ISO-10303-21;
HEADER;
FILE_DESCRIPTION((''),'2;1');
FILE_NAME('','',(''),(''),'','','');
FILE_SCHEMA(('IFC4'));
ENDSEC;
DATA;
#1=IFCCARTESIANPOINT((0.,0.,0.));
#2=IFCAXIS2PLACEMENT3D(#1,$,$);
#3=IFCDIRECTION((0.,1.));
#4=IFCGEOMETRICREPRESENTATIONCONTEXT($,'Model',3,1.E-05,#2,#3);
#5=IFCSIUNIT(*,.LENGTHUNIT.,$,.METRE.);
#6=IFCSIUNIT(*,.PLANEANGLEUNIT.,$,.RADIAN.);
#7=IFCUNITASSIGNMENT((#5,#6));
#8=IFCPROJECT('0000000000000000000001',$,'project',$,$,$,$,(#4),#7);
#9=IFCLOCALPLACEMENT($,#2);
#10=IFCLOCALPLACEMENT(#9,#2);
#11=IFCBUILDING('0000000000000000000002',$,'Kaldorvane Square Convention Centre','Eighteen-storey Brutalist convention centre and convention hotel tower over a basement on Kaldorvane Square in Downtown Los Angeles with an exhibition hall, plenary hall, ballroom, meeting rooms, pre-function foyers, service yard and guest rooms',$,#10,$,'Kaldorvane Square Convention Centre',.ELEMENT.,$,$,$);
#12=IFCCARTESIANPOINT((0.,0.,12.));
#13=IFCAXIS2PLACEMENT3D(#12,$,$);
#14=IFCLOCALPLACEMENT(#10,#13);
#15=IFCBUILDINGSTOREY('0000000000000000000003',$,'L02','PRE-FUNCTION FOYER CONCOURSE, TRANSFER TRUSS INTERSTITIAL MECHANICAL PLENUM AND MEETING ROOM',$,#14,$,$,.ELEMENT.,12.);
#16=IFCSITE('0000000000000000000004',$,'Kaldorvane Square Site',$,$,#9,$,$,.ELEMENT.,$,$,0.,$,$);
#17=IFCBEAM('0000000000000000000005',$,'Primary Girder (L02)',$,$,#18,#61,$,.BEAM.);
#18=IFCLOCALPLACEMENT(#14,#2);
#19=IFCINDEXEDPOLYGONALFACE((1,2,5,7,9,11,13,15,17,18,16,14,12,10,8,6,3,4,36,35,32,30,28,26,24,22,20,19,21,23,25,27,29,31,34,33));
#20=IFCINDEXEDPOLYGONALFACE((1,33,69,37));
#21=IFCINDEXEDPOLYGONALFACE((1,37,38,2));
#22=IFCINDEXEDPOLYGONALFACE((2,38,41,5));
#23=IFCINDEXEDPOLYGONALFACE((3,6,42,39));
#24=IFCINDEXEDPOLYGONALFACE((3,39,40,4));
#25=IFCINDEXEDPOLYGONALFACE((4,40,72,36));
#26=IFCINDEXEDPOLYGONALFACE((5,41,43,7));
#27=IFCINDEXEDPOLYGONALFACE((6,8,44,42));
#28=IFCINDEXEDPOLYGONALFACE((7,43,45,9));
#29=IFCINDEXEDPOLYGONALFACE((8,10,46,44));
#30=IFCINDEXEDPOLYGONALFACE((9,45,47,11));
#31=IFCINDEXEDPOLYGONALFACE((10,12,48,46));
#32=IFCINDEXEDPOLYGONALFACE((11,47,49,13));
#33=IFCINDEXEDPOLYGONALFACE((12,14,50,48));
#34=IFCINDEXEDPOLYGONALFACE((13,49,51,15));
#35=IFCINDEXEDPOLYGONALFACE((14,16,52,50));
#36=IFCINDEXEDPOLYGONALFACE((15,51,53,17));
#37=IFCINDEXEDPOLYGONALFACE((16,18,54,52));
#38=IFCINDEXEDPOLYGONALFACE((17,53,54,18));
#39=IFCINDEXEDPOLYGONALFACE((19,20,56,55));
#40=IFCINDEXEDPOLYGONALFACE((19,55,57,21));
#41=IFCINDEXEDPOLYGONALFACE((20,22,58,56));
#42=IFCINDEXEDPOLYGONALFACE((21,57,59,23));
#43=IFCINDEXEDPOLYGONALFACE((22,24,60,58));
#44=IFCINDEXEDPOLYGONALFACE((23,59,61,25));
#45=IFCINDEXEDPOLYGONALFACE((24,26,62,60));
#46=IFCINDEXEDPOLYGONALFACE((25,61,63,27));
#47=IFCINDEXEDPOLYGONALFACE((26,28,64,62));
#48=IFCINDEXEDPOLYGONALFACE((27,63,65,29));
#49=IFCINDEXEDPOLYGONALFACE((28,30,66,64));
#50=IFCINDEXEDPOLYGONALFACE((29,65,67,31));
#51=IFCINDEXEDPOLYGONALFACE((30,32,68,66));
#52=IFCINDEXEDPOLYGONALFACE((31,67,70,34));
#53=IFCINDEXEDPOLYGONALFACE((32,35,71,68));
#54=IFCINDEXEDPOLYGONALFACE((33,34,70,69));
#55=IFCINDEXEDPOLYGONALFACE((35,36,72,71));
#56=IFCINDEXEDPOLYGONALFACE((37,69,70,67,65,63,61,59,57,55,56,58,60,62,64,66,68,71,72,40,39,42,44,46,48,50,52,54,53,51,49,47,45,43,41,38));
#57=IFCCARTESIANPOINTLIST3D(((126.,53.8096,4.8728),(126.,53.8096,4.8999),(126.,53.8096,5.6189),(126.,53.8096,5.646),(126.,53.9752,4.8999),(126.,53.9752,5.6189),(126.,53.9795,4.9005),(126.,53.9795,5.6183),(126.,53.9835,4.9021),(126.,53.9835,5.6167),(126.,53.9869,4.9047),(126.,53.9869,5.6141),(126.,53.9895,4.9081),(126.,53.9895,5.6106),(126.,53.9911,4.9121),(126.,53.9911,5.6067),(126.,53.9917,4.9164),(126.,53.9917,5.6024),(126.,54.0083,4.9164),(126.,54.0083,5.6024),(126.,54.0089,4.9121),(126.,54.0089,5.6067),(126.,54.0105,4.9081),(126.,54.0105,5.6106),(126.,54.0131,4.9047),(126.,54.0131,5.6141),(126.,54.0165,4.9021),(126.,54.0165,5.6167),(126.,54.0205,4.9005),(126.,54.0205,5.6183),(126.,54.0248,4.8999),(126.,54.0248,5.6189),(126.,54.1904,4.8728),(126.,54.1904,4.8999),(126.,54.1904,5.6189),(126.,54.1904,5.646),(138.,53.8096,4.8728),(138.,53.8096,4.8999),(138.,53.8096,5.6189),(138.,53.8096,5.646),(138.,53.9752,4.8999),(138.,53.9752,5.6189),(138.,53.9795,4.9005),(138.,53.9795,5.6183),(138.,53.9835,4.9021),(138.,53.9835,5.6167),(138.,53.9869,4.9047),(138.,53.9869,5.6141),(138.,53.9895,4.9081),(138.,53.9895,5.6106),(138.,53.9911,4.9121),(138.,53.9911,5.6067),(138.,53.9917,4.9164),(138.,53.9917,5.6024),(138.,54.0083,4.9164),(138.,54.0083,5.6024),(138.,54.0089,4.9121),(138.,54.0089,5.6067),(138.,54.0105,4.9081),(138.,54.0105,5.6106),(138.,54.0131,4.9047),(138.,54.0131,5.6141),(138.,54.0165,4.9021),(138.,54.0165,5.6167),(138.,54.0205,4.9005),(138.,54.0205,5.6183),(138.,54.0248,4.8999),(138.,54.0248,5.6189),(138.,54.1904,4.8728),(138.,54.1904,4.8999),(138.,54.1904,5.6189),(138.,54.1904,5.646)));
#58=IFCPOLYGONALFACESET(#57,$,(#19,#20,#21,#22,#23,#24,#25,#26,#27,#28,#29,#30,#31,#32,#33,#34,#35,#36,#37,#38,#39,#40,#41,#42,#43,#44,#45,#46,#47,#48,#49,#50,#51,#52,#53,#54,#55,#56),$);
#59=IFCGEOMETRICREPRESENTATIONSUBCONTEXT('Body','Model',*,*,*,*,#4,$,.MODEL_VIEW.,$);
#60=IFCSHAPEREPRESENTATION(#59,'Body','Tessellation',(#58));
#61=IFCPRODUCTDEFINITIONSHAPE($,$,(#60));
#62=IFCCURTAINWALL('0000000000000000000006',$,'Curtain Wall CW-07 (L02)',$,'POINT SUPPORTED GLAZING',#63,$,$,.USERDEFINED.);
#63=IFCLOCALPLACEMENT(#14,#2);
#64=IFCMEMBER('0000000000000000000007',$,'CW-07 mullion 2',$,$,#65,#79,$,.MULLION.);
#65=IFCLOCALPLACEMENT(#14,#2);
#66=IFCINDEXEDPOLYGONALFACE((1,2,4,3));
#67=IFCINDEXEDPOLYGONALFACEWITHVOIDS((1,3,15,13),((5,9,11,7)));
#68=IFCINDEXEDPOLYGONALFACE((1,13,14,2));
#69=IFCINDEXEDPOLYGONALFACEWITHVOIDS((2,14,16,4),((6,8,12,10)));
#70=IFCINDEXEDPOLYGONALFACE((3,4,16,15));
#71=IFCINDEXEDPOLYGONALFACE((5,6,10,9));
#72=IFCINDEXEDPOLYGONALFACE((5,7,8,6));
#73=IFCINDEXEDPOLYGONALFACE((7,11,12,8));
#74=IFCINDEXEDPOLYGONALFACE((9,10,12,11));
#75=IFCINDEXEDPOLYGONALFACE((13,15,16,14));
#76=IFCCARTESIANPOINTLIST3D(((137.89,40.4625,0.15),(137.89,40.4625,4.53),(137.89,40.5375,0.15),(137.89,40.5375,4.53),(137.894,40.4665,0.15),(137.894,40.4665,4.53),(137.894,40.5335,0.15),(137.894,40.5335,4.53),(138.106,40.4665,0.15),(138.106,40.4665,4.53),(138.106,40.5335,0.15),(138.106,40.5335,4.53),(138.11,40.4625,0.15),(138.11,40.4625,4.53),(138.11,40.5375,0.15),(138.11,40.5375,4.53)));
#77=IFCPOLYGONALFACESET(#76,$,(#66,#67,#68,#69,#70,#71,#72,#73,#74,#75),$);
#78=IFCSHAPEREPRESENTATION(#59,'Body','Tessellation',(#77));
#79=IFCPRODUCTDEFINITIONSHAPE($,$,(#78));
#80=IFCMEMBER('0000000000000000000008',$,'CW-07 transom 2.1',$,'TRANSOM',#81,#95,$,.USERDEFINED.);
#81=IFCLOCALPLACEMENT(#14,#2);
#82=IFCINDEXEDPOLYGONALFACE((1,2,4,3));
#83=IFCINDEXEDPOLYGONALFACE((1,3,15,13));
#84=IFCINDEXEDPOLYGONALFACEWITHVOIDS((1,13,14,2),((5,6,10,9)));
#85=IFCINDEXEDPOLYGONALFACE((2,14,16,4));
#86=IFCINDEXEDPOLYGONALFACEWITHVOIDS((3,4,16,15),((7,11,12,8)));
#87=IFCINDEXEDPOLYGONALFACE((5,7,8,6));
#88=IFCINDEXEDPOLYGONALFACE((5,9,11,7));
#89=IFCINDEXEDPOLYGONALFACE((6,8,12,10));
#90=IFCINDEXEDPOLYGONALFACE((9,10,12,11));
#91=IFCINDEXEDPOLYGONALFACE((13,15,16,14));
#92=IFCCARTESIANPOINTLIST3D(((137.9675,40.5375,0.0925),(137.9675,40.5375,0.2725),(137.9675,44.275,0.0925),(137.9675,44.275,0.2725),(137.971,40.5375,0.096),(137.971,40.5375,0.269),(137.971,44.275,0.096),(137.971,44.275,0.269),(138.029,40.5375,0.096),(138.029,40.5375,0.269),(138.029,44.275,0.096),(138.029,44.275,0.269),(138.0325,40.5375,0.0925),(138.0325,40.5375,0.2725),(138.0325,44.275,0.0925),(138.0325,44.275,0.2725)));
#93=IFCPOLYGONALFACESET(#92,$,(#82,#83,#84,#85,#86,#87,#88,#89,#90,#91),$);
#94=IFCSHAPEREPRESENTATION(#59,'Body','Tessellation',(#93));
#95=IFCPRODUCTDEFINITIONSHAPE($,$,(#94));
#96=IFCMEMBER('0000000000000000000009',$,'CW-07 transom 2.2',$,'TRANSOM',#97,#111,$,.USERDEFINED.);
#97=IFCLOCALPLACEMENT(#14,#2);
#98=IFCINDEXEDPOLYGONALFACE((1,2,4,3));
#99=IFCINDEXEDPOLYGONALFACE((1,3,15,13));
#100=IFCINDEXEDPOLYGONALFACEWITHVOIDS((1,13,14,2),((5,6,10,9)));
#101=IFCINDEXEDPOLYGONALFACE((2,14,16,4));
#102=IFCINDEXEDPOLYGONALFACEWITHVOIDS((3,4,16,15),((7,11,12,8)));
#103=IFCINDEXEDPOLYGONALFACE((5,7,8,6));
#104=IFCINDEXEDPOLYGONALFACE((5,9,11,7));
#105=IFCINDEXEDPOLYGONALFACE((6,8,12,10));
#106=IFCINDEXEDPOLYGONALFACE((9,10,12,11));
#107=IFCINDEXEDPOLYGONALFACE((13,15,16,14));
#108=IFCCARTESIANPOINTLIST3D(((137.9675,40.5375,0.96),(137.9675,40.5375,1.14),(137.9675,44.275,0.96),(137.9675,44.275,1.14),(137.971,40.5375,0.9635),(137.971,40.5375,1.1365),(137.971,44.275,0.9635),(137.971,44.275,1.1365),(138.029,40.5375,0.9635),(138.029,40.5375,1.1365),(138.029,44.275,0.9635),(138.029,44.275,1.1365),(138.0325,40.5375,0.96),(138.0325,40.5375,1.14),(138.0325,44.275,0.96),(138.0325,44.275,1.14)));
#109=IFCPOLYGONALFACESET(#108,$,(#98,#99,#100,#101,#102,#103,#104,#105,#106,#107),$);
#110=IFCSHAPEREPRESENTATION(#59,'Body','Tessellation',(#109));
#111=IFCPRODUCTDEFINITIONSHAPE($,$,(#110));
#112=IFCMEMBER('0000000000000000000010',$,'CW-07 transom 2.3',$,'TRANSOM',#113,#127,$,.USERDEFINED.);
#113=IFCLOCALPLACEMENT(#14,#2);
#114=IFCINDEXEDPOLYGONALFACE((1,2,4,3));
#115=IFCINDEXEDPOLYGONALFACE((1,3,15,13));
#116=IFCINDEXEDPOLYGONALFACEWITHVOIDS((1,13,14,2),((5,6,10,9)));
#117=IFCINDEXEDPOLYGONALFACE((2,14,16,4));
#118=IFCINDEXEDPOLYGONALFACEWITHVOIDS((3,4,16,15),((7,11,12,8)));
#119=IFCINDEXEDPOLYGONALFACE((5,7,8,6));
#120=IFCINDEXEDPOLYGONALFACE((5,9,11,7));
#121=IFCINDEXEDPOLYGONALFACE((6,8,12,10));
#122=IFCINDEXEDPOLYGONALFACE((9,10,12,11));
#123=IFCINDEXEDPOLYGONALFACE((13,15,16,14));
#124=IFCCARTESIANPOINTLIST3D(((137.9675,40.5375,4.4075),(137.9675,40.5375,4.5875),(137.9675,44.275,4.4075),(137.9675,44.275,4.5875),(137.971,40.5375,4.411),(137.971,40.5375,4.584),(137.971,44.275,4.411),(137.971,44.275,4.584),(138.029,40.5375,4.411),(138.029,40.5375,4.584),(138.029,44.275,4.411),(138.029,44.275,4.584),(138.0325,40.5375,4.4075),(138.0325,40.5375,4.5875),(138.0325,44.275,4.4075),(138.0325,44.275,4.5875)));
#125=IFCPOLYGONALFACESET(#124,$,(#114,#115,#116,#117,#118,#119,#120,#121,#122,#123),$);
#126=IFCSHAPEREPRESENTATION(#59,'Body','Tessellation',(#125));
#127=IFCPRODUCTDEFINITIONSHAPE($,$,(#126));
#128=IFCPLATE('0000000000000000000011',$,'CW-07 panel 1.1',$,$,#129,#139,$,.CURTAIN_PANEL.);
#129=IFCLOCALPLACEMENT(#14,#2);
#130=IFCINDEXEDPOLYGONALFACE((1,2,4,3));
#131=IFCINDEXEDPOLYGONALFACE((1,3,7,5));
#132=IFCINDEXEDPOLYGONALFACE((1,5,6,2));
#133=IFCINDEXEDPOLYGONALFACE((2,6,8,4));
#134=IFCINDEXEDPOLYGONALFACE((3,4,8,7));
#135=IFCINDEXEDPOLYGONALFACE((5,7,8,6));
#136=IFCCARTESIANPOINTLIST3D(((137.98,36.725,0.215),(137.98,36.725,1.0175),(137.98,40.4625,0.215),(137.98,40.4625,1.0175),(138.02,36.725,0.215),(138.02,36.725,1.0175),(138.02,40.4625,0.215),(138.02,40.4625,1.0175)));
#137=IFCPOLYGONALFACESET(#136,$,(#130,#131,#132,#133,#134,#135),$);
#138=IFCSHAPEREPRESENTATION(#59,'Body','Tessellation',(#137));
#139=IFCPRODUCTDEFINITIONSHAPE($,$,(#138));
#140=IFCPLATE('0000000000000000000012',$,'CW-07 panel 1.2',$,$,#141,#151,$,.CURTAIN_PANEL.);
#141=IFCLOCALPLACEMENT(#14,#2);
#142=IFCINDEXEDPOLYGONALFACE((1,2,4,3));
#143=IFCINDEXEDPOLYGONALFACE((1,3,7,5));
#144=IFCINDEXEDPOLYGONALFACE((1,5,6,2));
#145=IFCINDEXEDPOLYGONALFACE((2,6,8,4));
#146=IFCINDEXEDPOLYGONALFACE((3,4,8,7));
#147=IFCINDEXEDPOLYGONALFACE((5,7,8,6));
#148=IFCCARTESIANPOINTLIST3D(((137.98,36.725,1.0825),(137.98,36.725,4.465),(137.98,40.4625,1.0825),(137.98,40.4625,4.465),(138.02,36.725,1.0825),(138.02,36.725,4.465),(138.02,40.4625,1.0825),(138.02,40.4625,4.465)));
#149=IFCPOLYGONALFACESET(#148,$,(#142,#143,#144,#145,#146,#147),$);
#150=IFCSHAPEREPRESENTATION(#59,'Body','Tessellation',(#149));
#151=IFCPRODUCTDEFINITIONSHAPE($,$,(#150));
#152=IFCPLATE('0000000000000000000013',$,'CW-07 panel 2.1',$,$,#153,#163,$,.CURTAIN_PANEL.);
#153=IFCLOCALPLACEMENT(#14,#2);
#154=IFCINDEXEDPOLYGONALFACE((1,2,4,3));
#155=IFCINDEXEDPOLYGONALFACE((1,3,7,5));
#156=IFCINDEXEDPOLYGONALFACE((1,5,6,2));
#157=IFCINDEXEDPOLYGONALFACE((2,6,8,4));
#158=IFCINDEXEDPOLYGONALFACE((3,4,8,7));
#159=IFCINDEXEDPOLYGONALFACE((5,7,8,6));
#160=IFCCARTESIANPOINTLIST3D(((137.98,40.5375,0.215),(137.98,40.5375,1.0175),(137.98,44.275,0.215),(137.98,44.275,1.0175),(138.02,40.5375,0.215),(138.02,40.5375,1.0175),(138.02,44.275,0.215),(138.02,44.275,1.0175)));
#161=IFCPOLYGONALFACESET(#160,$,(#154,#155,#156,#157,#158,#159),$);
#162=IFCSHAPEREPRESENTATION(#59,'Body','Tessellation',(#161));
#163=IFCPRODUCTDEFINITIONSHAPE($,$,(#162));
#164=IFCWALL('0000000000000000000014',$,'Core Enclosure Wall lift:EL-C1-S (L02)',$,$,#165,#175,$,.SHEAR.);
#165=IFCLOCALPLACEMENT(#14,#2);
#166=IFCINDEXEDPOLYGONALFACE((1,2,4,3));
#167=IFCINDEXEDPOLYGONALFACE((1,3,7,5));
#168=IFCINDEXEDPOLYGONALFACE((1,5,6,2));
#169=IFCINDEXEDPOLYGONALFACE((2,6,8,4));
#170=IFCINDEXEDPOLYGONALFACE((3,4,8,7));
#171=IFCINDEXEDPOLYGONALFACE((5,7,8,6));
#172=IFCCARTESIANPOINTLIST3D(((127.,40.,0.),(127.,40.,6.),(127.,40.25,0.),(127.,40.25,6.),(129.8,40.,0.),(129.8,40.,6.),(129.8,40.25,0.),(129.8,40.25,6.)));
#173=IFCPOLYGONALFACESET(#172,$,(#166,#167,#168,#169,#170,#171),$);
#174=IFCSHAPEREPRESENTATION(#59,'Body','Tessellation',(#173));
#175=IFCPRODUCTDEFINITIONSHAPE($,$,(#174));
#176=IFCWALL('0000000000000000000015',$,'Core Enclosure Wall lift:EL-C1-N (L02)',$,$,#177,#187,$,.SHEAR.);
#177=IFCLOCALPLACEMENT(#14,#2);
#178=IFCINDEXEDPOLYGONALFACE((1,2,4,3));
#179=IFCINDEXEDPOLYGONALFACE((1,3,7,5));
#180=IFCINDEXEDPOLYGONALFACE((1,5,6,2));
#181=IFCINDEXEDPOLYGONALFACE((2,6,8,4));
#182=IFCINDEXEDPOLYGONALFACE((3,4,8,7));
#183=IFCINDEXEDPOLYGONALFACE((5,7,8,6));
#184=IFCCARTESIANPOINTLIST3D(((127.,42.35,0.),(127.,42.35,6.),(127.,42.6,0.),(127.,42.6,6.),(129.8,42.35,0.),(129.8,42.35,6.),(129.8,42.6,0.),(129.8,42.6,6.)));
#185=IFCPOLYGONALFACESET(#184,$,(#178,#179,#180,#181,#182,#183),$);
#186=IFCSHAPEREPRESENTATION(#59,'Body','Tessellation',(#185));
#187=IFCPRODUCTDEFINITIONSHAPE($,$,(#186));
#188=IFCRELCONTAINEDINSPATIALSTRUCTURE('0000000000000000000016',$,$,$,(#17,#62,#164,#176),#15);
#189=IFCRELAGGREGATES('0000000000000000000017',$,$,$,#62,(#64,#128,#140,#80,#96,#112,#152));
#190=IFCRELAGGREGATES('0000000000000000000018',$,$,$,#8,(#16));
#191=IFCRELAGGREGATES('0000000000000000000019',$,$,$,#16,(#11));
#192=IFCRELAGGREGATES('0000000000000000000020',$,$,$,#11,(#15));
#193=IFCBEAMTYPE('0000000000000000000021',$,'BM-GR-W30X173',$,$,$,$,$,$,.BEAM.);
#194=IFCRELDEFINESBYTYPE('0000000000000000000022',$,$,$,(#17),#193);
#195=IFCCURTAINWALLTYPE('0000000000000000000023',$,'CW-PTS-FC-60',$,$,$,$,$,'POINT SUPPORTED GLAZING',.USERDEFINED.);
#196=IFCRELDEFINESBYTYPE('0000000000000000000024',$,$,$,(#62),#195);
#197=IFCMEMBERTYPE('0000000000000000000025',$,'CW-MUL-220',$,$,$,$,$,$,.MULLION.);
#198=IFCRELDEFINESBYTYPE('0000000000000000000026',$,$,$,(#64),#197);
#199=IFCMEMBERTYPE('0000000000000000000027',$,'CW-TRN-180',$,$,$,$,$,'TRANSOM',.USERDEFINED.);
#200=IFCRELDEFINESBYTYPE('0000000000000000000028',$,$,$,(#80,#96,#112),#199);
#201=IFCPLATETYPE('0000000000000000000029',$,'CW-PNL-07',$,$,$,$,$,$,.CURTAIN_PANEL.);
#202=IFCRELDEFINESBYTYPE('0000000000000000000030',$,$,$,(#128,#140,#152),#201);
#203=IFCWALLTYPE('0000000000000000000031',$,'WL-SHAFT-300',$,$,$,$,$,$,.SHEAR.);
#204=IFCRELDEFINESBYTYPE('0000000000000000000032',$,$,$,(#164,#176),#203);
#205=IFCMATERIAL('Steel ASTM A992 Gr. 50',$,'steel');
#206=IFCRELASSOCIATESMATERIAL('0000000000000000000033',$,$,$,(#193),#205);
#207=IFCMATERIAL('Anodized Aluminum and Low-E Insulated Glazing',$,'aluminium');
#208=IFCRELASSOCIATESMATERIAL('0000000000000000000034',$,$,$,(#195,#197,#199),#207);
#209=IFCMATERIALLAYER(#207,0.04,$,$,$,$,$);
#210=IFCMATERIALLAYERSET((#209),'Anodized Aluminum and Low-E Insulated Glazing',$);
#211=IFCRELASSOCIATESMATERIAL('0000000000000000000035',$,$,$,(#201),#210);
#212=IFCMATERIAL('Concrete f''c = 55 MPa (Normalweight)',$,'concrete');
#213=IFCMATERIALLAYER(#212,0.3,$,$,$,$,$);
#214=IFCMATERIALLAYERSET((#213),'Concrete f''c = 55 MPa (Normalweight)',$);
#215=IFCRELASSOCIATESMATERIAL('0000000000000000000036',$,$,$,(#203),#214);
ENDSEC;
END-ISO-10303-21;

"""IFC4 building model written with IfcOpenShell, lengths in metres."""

from ifc_helpers import new_model, si_unit, direction, frame, frame_2d, origin, origin_2d, place, context, subcontext, project, spatial, rectangle, hollow_rectangle, i_section, extrude, material, layer, layer_set, material_profile, profile_set, type_object, element, aggregate, save


model = new_model("IFC4")

# Units and contexts
model_context = context("Model", 3, precision=1e-05, world=origin(), true_north=direction((0.0, 1.0)))
body_context = subcontext(model_context, "Body", "Model", "MODEL_VIEW")
ifc_project = project(units=[si_unit("LENGTHUNIT", "METRE"), si_unit("PLANEANGLEUNIT", "RADIAN")], contexts=[model_context])

# Site, building, storey
site_placement = place(None, origin())
site = spatial("IfcSite", under=ifc_project, at=site_placement, Name="Kaldorvane Square Site", CompositionType="ELEMENT", RefElevation=0.0)
building_placement = place(site_placement, origin())
building = spatial("IfcBuilding", under=site, at=building_placement, Name="Kaldorvane Square Convention Centre", Description="Eighteen-storey Brutalist convention centre and convention hotel tower over a basement on Kaldorvane Square in Downtown Los Angeles with an exhibition hall, plenary hall, ballroom, meeting rooms, pre-function foyers, service yard and guest rooms", LongName="Kaldorvane Square Convention Centre", CompositionType="ELEMENT")
storey_placement = place(building_placement, frame((0.0, 0.0, 12.0)))
storey = spatial("IfcBuildingStorey", under=building, at=storey_placement, Name="L02", Description="PRE-FUNCTION FOYER CONCOURSE, TRANSFER TRUSS INTERSTITIAL MECHANICAL PLENUM AND MEETING ROOM", CompositionType="ELEMENT", Elevation=12.0)

# Shared definitions
ifc_material_1 = material(Name="Steel ASTM A992 Gr. 50", Category="steel")

# Beam
ifc_material_profile_1 = material_profile(ifc_material_1, i_section(OverallWidth=0.3807, OverallDepth=0.7732, WebThickness=0.0166, FlangeThickness=0.0271, FilletRadius=0.0165, at=origin_2d()), Name="W30X173")
ifc_profile_set_1 = profile_set([ifc_material_profile_1], Name="Steel ASTM A992 Gr. 50")
beam_type_1 = type_object("IfcBeamType", Name="BM-GR-W30X173", PredefinedType="BEAM", material=ifc_profile_set_1)
beam_placement = place(storey_placement, frame((126.0, 54.0, 5.2594), z_axis=(1.0, 0.0, 0.0), x_axis=(0.0, 1.0, 0.0)))
element("IfcBeam", 1, at=beam_placement, inside=storey, type_object=beam_type_1, Name="Primary Girder (L02)", PredefinedType="BEAM", context=body_context, shape_type="SweptSolid", body=[
    extrude(i_section(OverallWidth=0.3807, OverallDepth=0.7732, WebThickness=0.0166, FlangeThickness=0.0271, FilletRadius=0.0165, at=origin_2d()), origin(), (0.0, 0.0, 1.0), 12.0),
])

# Curtain wall, members, plates
ifc_material_2 = material(Name="Anodized Aluminum and Low-E Insulated Glazing", Category="aluminium")
curtain_wall_type = type_object("IfcCurtainWallType", Name="CW-PTS-FC-60", ElementType="POINT SUPPORTED GLAZING", PredefinedType="USERDEFINED", material=ifc_material_2)
curtain_wall_placement = place(storey_placement, origin())
curtain_wall = element("IfcCurtainWall", 2, at=curtain_wall_placement, inside=storey, type_object=curtain_wall_type, Name="Curtain Wall CW-07 (L02)", ObjectType="POINT SUPPORTED GLAZING", PredefinedType="USERDEFINED")
ifc_material_profile_2 = material_profile(ifc_material_2, hollow_rectangle(XDim=0.075, YDim=0.22, WallThickness=0.004, at=origin_2d()), Name="CWM-220X75")
ifc_profile_set_2 = profile_set([ifc_material_profile_2], Name="Anodized Aluminum and Low-E Insulated Glazing")
member_type_1 = type_object("IfcMemberType", Name="CW-MUL-220", PredefinedType="MULLION", material=ifc_profile_set_2)
member_1_placement = place(storey_placement, frame((138.0, 40.5, 0.15), z_axis=(0.0, 0.0, 1.0), x_axis=(0.0, 1.0, 0.0)))
member_1 = element("IfcMember", 3, at=member_1_placement, type_object=member_type_1, Name="CW-07 mullion 2", PredefinedType="MULLION", context=body_context, shape_type="SweptSolid", body=[
    extrude(hollow_rectangle(XDim=0.075, YDim=0.22, WallThickness=0.004, at=origin_2d()), origin(), (0.0, 0.0, 1.0), 4.38),
])
ifc_material_profile_3 = material_profile(ifc_material_2, hollow_rectangle(XDim=0.065, YDim=0.18, WallThickness=0.0035, at=origin_2d()), Name="CWT-180X65")
ifc_profile_set_3 = profile_set([ifc_material_profile_3], Name="Anodized Aluminum and Low-E Insulated Glazing")
member_type_2 = type_object("IfcMemberType", Name="CW-TRN-180", ElementType="TRANSOM", PredefinedType="USERDEFINED", material=ifc_profile_set_3)
member_2_placement = place(storey_placement, frame((138.0, 40.5375, 0.1825), z_axis=(0.0, 1.0, 0.0), x_axis=(-1.0, 0.0, 0.0)))
member_2 = element("IfcMember", 4, at=member_2_placement, type_object=member_type_2, Name="CW-07 transom 2.1", ObjectType="TRANSOM", PredefinedType="USERDEFINED", context=body_context, shape_type="SweptSolid", body=[
    extrude(hollow_rectangle(XDim=0.065, YDim=0.18, WallThickness=0.0035, at=origin_2d()), origin(), (0.0, 0.0, 1.0), 3.7375),
])
member_3_placement = place(storey_placement, frame((138.0, 40.5375, 1.05), z_axis=(0.0, 1.0, 0.0), x_axis=(-1.0, 0.0, 0.0)))
member_3 = element("IfcMember", 5, at=member_3_placement, type_object=member_type_2, Name="CW-07 transom 2.2", ObjectType="TRANSOM", PredefinedType="USERDEFINED", context=body_context, shape_type="SweptSolid", body=[
    extrude(hollow_rectangle(XDim=0.065, YDim=0.18, WallThickness=0.0035, at=origin_2d()), origin(), (0.0, 0.0, 1.0), 3.7375),
])
member_4_placement = place(storey_placement, frame((138.0, 40.5375, 4.4975), z_axis=(0.0, 1.0, 0.0), x_axis=(-1.0, 0.0, 0.0)))
member_4 = element("IfcMember", 6, at=member_4_placement, type_object=member_type_2, Name="CW-07 transom 2.3", ObjectType="TRANSOM", PredefinedType="USERDEFINED", context=body_context, shape_type="SweptSolid", body=[
    extrude(hollow_rectangle(XDim=0.065, YDim=0.18, WallThickness=0.0035, at=origin_2d()), origin(), (0.0, 0.0, 1.0), 3.7375),
])
ifc_layer_1 = layer(ifc_material_2, 0.04)
ifc_layer_set_1 = layer_set([ifc_layer_1], Name="Anodized Aluminum and Low-E Insulated Glazing")
plate_type = type_object("IfcPlateType", Name="CW-PNL-07", PredefinedType="CURTAIN_PANEL", material=ifc_layer_set_1)
plate_1_placement = place(storey_placement, frame((138.0, 38.5938, 0.215), z_axis=(0.0, 0.0, 1.0), x_axis=(0.0, 1.0, 0.0)))
plate_1 = element("IfcPlate", 7, at=plate_1_placement, type_object=plate_type, Name="CW-07 panel 1.1", PredefinedType="CURTAIN_PANEL", context=body_context, shape_type="SweptSolid", body=[
    extrude(rectangle(XDim=3.7375, YDim=0.04, at=origin_2d()), origin(), (0.0, 0.0, 1.0), 0.8025),
])
plate_2_placement = place(storey_placement, frame((138.0, 38.5938, 1.0825), z_axis=(0.0, 0.0, 1.0), x_axis=(0.0, 1.0, 0.0)))
plate_2 = element("IfcPlate", 8, at=plate_2_placement, type_object=plate_type, Name="CW-07 panel 1.2", PredefinedType="CURTAIN_PANEL", context=body_context, shape_type="SweptSolid", body=[
    extrude(rectangle(XDim=3.7375, YDim=0.04, at=origin_2d()), origin(), (0.0, 0.0, 1.0), 3.3825),
])
plate_3_placement = place(storey_placement, frame((138.0, 42.4062, 0.215), z_axis=(0.0, 0.0, 1.0), x_axis=(0.0, 1.0, 0.0)))
plate_3 = element("IfcPlate", 9, at=plate_3_placement, type_object=plate_type, Name="CW-07 panel 2.1", PredefinedType="CURTAIN_PANEL", context=body_context, shape_type="SweptSolid", body=[
    extrude(rectangle(XDim=3.7375, YDim=0.04, at=origin_2d()), origin(), (0.0, 0.0, 1.0), 0.8025),
])
aggregate(curtain_wall, [member_1, plate_1, plate_2, member_2, member_3, member_4, plate_3])

# Walls
ifc_material_3 = material(Name="Concrete f'c = 55 MPa (Normalweight)", Category="concrete")
ifc_layer_2 = layer(ifc_material_3, 0.3)
ifc_layer_set_2 = layer_set([ifc_layer_2], Name="Concrete f'c = 55 MPa (Normalweight)")
wall_type = type_object("IfcWallType", Name="WL-SHAFT-300", PredefinedType="SHEAR", material=ifc_layer_set_2)
for number, where, z_axis, x_axis, name in (
    (10, (127.0, 40.125, 0.0), (0.0, 0.0, 1.0), (1.0, 0.0, 0.0), "Core Enclosure Wall lift:EL-C1-S (L02)"),
    (11, (129.8, 42.475, 0.0), (0.0, 0.0, 1.0), (-1.0, 0.0, 0.0), "Core Enclosure Wall lift:EL-C1-N (L02)"),
):
    element("IfcWall", number, at=place(storey_placement, frame(where, z_axis=z_axis, x_axis=x_axis)), inside=storey, type_object=wall_type, Name=name, PredefinedType="SHEAR", context=body_context, shape_type="SweptSolid", body=[
        extrude(rectangle(XDim=2.8, YDim=0.25, at=frame_2d((1.4, 0.0))), origin(), (0.0, 0.0, 1.0), 6.0),
    ])

save(model, "model.ifc")
